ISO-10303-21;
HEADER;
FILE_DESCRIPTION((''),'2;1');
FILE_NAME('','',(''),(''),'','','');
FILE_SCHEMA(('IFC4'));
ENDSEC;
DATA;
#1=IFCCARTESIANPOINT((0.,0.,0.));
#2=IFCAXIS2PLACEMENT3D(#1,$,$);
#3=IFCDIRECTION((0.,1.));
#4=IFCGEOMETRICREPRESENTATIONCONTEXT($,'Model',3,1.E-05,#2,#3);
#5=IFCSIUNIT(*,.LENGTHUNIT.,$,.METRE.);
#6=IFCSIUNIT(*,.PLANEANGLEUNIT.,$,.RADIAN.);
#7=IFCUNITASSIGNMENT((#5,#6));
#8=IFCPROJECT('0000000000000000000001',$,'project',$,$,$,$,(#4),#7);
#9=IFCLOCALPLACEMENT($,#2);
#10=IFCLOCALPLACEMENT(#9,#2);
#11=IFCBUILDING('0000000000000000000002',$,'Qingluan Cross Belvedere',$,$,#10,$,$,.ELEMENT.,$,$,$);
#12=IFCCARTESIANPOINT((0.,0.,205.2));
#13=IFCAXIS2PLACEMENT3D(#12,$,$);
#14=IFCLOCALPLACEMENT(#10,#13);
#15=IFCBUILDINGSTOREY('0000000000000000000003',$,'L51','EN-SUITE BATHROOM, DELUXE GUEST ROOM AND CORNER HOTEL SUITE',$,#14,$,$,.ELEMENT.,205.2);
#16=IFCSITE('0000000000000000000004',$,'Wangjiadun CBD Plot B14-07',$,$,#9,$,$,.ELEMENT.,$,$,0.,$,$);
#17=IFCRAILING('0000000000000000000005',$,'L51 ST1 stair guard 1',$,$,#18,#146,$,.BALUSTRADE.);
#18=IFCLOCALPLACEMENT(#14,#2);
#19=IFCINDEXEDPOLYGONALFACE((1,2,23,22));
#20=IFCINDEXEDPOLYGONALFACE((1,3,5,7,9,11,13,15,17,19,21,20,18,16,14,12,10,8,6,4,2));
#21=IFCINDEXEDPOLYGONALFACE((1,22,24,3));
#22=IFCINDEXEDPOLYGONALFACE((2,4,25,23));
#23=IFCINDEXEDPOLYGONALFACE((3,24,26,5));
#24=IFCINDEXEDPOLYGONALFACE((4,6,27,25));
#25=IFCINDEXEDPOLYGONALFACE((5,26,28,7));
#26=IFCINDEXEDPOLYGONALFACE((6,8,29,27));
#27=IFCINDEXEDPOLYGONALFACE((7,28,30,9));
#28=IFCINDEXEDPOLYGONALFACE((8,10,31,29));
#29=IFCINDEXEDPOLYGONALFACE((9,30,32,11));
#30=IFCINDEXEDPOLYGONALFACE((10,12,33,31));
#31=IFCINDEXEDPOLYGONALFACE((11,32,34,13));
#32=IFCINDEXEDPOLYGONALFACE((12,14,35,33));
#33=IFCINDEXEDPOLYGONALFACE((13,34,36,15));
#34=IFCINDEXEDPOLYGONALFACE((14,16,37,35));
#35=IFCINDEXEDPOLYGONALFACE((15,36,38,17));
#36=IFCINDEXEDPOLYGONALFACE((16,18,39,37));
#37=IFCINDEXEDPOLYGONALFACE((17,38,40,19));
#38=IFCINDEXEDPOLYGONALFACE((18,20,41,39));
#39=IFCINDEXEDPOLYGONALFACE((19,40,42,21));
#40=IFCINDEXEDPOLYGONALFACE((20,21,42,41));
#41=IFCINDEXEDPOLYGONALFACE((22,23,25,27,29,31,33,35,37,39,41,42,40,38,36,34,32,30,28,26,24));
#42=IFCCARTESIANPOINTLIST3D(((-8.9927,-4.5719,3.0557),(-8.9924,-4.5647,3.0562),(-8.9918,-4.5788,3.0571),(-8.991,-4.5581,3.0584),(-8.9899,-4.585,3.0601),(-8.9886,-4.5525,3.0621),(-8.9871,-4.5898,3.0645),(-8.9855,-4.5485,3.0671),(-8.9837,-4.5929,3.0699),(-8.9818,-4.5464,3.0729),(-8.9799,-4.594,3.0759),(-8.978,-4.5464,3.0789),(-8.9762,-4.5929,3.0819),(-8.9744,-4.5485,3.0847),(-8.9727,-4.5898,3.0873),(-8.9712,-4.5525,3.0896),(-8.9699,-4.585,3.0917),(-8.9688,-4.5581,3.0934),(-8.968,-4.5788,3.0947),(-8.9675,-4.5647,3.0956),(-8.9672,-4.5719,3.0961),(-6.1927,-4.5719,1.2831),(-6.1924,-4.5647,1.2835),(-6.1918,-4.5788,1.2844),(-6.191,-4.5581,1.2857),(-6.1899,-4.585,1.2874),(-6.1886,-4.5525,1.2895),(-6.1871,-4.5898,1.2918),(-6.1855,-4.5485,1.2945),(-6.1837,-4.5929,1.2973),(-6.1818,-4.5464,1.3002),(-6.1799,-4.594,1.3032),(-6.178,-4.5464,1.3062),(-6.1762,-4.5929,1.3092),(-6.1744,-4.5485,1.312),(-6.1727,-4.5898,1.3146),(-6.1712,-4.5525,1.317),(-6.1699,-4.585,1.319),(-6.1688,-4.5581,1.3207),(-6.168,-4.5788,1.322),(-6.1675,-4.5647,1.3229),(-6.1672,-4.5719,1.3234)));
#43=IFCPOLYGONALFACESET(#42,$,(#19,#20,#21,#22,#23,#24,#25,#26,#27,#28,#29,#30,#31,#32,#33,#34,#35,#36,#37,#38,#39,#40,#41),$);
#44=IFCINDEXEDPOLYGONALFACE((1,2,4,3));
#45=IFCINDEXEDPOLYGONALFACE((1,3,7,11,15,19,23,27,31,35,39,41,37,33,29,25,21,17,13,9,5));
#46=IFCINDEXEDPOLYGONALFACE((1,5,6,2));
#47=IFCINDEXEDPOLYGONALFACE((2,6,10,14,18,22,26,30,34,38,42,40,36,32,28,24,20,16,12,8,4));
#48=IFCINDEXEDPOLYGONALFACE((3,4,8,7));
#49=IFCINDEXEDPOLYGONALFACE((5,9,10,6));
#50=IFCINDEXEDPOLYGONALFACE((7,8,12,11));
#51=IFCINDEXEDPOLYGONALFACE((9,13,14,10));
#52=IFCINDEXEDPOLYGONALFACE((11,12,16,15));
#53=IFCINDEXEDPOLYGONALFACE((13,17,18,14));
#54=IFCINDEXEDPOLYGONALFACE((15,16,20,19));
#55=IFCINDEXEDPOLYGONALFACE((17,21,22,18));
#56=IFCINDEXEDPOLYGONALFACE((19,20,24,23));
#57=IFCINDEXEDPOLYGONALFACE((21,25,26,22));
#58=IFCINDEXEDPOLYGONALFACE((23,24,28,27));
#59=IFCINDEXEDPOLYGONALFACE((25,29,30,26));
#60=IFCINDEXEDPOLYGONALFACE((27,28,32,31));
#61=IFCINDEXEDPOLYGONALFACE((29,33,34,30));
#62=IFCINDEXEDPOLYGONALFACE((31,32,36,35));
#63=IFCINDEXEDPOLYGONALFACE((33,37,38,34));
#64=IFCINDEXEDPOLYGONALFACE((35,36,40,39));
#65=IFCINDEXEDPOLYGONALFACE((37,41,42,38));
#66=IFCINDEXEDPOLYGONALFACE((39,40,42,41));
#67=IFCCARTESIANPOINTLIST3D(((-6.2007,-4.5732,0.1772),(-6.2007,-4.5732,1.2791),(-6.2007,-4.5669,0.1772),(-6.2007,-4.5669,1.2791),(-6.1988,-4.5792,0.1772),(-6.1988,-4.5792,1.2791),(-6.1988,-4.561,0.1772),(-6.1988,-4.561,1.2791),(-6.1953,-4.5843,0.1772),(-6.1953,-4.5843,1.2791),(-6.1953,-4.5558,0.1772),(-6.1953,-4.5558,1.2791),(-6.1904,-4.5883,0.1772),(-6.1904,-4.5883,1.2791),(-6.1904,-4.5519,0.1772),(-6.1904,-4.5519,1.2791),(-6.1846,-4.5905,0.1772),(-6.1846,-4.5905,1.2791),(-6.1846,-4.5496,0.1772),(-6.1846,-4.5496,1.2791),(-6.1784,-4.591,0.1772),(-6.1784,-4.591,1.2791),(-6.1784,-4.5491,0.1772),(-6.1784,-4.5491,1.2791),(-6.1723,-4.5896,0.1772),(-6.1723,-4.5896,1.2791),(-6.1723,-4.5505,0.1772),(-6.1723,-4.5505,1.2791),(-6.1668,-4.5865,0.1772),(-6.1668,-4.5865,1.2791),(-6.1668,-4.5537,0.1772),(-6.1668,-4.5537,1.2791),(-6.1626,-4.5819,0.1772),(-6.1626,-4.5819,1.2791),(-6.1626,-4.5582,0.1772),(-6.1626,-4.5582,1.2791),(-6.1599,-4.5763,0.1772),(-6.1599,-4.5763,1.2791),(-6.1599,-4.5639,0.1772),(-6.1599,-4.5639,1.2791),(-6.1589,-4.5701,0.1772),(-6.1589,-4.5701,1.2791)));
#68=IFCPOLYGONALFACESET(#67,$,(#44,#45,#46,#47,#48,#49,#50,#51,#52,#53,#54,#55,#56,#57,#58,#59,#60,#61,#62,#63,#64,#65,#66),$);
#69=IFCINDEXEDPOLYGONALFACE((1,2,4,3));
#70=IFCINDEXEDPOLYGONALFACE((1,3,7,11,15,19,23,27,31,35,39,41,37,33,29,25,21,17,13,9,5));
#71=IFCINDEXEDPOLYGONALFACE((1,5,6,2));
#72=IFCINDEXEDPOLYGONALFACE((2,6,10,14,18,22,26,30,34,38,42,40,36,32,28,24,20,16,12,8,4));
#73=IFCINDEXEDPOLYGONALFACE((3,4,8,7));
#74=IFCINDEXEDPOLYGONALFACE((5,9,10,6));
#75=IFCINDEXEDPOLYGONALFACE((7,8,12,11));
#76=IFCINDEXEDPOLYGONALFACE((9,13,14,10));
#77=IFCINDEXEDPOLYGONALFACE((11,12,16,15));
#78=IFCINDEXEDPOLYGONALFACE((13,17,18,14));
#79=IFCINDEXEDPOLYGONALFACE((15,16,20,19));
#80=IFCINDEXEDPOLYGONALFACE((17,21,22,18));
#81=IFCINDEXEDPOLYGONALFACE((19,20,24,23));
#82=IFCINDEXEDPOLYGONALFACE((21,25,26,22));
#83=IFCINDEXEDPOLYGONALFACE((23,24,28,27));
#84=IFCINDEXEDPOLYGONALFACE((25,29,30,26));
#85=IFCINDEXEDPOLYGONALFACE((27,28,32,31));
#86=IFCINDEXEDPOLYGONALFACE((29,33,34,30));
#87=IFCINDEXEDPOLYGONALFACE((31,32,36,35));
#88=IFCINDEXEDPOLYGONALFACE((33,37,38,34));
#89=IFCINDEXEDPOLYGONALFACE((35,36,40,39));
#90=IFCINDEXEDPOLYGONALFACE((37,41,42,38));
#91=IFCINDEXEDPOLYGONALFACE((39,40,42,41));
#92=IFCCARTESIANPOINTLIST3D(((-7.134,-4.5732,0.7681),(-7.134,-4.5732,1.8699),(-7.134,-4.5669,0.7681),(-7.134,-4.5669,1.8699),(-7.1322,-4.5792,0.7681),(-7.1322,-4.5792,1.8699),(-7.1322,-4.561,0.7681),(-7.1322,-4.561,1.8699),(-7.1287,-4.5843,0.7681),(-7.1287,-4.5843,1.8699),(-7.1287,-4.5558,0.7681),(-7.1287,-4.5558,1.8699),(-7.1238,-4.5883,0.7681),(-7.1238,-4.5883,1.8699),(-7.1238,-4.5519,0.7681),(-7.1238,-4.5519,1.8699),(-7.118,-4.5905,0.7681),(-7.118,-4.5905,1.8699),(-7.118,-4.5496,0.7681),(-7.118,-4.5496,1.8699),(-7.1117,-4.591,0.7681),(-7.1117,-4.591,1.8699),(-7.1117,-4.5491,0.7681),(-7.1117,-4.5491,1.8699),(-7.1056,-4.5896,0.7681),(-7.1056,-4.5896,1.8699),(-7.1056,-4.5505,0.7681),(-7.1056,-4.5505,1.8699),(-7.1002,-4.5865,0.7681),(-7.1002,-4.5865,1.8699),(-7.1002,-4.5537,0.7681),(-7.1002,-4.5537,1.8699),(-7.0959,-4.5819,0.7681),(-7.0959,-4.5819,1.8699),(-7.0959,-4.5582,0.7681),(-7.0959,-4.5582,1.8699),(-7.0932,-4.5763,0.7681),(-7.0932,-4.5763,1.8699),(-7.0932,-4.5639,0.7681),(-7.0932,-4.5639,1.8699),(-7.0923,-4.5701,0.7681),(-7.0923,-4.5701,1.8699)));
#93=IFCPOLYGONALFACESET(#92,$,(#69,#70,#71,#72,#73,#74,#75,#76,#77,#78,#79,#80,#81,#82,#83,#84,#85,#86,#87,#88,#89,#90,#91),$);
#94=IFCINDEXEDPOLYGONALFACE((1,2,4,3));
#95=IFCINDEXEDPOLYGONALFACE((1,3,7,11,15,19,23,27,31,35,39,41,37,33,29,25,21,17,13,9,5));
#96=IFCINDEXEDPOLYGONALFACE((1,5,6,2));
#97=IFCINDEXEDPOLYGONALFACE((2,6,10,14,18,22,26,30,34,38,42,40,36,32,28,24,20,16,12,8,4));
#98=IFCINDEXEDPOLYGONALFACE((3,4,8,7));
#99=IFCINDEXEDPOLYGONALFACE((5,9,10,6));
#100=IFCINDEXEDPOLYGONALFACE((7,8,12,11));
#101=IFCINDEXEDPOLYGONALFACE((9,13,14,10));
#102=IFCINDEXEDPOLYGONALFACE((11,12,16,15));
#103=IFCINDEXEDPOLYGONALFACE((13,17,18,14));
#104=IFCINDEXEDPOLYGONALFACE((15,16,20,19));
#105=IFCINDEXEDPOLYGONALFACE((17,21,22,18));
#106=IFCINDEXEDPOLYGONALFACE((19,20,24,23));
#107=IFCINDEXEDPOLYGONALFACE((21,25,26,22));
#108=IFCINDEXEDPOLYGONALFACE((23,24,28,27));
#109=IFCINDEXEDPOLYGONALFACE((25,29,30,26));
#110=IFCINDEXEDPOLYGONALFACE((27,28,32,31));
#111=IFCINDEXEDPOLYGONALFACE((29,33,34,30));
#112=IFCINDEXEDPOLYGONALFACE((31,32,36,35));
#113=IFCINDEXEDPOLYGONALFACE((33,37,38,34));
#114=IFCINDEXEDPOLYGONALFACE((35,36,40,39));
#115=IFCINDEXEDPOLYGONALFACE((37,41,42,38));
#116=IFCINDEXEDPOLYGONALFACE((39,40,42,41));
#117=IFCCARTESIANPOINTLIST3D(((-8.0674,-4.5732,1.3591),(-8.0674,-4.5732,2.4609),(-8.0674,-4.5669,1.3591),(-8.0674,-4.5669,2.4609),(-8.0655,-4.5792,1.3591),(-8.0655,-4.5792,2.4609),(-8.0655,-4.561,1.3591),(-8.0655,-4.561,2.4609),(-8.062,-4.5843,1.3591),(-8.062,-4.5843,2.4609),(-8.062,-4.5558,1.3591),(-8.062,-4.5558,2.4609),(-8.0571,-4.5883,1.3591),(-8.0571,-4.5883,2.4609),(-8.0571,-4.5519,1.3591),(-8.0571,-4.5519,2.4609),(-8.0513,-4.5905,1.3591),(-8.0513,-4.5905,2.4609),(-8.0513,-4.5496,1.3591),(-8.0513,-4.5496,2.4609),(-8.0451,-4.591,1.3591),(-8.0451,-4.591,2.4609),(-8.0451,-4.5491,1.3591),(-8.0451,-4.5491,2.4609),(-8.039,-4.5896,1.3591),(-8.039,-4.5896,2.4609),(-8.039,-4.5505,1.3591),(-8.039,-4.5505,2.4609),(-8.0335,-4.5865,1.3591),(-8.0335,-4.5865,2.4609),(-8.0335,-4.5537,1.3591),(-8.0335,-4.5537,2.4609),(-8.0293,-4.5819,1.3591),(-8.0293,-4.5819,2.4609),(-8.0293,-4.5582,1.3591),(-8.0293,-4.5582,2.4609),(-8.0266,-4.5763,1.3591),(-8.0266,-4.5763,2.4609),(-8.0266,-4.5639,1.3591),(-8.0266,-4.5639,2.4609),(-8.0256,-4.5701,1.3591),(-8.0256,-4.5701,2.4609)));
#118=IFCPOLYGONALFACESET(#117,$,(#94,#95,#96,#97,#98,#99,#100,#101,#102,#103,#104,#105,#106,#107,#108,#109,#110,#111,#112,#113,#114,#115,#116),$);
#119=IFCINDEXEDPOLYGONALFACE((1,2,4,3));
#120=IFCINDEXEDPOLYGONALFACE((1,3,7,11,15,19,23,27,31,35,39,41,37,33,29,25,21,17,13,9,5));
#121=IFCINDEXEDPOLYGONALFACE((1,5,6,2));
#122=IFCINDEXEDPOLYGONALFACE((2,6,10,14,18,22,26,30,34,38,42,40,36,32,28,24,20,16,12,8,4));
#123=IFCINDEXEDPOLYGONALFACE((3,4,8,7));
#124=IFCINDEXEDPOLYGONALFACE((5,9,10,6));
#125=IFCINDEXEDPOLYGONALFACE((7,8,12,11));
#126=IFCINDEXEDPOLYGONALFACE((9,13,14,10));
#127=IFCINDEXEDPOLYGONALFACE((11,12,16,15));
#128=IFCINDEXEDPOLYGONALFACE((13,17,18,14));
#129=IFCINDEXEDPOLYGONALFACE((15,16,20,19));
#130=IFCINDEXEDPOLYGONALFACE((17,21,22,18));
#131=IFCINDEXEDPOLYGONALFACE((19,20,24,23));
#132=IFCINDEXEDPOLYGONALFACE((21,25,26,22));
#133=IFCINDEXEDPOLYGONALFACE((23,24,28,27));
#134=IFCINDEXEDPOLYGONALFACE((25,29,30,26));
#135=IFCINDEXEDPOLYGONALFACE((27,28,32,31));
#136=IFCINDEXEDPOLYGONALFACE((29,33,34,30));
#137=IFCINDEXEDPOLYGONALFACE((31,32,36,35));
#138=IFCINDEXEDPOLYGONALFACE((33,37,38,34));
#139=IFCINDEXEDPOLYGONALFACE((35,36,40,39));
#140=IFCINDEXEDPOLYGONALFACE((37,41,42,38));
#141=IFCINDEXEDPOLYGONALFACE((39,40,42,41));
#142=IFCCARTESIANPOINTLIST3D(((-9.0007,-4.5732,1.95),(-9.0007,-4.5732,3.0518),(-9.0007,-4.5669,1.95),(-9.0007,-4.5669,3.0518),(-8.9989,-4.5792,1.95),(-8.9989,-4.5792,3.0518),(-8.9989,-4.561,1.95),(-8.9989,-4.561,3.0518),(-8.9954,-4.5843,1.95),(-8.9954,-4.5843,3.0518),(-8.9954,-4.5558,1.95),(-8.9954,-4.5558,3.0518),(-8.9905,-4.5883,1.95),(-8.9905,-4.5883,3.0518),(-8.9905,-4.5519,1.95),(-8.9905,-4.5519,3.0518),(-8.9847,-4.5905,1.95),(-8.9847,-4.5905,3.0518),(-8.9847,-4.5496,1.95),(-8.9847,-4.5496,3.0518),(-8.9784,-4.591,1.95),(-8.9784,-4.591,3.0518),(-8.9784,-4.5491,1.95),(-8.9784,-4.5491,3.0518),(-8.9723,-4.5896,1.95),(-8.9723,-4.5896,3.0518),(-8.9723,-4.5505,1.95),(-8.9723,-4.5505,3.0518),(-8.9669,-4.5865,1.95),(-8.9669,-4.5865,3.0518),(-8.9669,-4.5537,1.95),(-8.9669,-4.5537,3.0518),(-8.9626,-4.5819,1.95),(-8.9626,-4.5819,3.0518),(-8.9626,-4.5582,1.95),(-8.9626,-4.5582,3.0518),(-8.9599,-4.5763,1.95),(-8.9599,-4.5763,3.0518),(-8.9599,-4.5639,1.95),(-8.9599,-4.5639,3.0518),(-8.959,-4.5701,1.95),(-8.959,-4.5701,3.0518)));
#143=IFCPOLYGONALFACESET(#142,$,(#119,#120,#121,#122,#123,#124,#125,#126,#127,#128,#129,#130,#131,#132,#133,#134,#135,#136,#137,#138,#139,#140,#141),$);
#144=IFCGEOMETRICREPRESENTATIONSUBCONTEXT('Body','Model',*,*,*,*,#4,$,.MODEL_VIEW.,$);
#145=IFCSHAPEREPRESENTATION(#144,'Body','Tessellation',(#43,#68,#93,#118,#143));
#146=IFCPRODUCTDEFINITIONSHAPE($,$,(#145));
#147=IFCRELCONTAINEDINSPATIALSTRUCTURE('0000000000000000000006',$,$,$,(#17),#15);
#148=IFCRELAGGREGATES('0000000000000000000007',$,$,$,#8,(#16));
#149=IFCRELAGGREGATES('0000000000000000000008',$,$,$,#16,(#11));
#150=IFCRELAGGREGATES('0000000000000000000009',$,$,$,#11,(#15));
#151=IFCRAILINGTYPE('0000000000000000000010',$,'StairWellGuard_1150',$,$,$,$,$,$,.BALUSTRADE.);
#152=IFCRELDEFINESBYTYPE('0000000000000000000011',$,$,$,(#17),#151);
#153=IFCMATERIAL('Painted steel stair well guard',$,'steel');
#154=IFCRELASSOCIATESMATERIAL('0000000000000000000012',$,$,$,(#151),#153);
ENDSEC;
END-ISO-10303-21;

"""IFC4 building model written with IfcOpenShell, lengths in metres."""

from ifc_helpers import new_model, si_unit, direction, frame, origin, origin_2d, place, context, subcontext, project, spatial, circle, extrude, material, type_object, element, save


model = new_model("IFC4")

# Units and contexts
model_context = context("Model", 3, precision=1e-05, world=origin(), true_north=direction((0.0, 1.0)))
body_context = subcontext(model_context, "Body", "Model", "MODEL_VIEW")
ifc_project = project(units=[si_unit("LENGTHUNIT", "METRE"), si_unit("PLANEANGLEUNIT", "RADIAN")], contexts=[model_context])

# Site, building, storey
site_placement = place(None, origin())
site = spatial("IfcSite", under=ifc_project, at=site_placement, Name="Wangjiadun CBD Plot B14-07", CompositionType="ELEMENT", RefElevation=0.0)
building_placement = place(site_placement, origin())
building = spatial("IfcBuilding", under=site, at=building_placement, Name="Qingluan Cross Belvedere", CompositionType="ELEMENT")
storey_placement = place(building_placement, frame((0.0, 0.0, 205.2)))
storey = spatial("IfcBuildingStorey", under=building, at=storey_placement, Name="L51", Description="EN-SUITE BATHROOM, DELUXE GUEST ROOM AND CORNER HOTEL SUITE", CompositionType="ELEMENT", Elevation=205.2)

# Railing
ifc_material_1 = material(Name="Painted steel stair well guard", Category="steel")
railing_type_1 = type_object("IfcRailingType", Name="StairWellGuard_1150", PredefinedType="BALUSTRADE", material=ifc_material_1)
railing_1_placement = place(storey_placement, frame((-6.1799, -4.5701, 0.1772)))
element("IfcRailing", 1, at=railing_1_placement, inside=storey, type_object=railing_type_1, Name="L51 ST1 stair guard 1", PredefinedType="BALUSTRADE", context=body_context, shape_type="SweptSolid", body=[
    extrude(circle(Radius=0.0239, at=origin_2d()), frame((0.0, 0.0, 1.126), z_axis=(-0.844909, 0.0, 0.53491), x_axis=(0.0, -1.0, 0.0)), (0.0, 0.0, 1.0), 3.314),
    extrude(circle(Radius=0.021, at=origin_2d()), origin(), (0.0, 0.0, 1.0), 1.1018),
    extrude(circle(Radius=0.021, at=origin_2d()), frame((-0.9333, 0.0, 0.5908)), (0.0, 0.0, 1.0), 1.1018),
    extrude(circle(Radius=0.021, at=origin_2d()), frame((-1.8667, 0.0, 1.1819)), (0.0, 0.0, 1.0), 1.1018),
    extrude(circle(Radius=0.021, at=origin_2d()), frame((-2.8, 0.0, 1.7727)), (0.0, 0.0, 1.0), 1.1018),
])

save(model, "model.ifc")
